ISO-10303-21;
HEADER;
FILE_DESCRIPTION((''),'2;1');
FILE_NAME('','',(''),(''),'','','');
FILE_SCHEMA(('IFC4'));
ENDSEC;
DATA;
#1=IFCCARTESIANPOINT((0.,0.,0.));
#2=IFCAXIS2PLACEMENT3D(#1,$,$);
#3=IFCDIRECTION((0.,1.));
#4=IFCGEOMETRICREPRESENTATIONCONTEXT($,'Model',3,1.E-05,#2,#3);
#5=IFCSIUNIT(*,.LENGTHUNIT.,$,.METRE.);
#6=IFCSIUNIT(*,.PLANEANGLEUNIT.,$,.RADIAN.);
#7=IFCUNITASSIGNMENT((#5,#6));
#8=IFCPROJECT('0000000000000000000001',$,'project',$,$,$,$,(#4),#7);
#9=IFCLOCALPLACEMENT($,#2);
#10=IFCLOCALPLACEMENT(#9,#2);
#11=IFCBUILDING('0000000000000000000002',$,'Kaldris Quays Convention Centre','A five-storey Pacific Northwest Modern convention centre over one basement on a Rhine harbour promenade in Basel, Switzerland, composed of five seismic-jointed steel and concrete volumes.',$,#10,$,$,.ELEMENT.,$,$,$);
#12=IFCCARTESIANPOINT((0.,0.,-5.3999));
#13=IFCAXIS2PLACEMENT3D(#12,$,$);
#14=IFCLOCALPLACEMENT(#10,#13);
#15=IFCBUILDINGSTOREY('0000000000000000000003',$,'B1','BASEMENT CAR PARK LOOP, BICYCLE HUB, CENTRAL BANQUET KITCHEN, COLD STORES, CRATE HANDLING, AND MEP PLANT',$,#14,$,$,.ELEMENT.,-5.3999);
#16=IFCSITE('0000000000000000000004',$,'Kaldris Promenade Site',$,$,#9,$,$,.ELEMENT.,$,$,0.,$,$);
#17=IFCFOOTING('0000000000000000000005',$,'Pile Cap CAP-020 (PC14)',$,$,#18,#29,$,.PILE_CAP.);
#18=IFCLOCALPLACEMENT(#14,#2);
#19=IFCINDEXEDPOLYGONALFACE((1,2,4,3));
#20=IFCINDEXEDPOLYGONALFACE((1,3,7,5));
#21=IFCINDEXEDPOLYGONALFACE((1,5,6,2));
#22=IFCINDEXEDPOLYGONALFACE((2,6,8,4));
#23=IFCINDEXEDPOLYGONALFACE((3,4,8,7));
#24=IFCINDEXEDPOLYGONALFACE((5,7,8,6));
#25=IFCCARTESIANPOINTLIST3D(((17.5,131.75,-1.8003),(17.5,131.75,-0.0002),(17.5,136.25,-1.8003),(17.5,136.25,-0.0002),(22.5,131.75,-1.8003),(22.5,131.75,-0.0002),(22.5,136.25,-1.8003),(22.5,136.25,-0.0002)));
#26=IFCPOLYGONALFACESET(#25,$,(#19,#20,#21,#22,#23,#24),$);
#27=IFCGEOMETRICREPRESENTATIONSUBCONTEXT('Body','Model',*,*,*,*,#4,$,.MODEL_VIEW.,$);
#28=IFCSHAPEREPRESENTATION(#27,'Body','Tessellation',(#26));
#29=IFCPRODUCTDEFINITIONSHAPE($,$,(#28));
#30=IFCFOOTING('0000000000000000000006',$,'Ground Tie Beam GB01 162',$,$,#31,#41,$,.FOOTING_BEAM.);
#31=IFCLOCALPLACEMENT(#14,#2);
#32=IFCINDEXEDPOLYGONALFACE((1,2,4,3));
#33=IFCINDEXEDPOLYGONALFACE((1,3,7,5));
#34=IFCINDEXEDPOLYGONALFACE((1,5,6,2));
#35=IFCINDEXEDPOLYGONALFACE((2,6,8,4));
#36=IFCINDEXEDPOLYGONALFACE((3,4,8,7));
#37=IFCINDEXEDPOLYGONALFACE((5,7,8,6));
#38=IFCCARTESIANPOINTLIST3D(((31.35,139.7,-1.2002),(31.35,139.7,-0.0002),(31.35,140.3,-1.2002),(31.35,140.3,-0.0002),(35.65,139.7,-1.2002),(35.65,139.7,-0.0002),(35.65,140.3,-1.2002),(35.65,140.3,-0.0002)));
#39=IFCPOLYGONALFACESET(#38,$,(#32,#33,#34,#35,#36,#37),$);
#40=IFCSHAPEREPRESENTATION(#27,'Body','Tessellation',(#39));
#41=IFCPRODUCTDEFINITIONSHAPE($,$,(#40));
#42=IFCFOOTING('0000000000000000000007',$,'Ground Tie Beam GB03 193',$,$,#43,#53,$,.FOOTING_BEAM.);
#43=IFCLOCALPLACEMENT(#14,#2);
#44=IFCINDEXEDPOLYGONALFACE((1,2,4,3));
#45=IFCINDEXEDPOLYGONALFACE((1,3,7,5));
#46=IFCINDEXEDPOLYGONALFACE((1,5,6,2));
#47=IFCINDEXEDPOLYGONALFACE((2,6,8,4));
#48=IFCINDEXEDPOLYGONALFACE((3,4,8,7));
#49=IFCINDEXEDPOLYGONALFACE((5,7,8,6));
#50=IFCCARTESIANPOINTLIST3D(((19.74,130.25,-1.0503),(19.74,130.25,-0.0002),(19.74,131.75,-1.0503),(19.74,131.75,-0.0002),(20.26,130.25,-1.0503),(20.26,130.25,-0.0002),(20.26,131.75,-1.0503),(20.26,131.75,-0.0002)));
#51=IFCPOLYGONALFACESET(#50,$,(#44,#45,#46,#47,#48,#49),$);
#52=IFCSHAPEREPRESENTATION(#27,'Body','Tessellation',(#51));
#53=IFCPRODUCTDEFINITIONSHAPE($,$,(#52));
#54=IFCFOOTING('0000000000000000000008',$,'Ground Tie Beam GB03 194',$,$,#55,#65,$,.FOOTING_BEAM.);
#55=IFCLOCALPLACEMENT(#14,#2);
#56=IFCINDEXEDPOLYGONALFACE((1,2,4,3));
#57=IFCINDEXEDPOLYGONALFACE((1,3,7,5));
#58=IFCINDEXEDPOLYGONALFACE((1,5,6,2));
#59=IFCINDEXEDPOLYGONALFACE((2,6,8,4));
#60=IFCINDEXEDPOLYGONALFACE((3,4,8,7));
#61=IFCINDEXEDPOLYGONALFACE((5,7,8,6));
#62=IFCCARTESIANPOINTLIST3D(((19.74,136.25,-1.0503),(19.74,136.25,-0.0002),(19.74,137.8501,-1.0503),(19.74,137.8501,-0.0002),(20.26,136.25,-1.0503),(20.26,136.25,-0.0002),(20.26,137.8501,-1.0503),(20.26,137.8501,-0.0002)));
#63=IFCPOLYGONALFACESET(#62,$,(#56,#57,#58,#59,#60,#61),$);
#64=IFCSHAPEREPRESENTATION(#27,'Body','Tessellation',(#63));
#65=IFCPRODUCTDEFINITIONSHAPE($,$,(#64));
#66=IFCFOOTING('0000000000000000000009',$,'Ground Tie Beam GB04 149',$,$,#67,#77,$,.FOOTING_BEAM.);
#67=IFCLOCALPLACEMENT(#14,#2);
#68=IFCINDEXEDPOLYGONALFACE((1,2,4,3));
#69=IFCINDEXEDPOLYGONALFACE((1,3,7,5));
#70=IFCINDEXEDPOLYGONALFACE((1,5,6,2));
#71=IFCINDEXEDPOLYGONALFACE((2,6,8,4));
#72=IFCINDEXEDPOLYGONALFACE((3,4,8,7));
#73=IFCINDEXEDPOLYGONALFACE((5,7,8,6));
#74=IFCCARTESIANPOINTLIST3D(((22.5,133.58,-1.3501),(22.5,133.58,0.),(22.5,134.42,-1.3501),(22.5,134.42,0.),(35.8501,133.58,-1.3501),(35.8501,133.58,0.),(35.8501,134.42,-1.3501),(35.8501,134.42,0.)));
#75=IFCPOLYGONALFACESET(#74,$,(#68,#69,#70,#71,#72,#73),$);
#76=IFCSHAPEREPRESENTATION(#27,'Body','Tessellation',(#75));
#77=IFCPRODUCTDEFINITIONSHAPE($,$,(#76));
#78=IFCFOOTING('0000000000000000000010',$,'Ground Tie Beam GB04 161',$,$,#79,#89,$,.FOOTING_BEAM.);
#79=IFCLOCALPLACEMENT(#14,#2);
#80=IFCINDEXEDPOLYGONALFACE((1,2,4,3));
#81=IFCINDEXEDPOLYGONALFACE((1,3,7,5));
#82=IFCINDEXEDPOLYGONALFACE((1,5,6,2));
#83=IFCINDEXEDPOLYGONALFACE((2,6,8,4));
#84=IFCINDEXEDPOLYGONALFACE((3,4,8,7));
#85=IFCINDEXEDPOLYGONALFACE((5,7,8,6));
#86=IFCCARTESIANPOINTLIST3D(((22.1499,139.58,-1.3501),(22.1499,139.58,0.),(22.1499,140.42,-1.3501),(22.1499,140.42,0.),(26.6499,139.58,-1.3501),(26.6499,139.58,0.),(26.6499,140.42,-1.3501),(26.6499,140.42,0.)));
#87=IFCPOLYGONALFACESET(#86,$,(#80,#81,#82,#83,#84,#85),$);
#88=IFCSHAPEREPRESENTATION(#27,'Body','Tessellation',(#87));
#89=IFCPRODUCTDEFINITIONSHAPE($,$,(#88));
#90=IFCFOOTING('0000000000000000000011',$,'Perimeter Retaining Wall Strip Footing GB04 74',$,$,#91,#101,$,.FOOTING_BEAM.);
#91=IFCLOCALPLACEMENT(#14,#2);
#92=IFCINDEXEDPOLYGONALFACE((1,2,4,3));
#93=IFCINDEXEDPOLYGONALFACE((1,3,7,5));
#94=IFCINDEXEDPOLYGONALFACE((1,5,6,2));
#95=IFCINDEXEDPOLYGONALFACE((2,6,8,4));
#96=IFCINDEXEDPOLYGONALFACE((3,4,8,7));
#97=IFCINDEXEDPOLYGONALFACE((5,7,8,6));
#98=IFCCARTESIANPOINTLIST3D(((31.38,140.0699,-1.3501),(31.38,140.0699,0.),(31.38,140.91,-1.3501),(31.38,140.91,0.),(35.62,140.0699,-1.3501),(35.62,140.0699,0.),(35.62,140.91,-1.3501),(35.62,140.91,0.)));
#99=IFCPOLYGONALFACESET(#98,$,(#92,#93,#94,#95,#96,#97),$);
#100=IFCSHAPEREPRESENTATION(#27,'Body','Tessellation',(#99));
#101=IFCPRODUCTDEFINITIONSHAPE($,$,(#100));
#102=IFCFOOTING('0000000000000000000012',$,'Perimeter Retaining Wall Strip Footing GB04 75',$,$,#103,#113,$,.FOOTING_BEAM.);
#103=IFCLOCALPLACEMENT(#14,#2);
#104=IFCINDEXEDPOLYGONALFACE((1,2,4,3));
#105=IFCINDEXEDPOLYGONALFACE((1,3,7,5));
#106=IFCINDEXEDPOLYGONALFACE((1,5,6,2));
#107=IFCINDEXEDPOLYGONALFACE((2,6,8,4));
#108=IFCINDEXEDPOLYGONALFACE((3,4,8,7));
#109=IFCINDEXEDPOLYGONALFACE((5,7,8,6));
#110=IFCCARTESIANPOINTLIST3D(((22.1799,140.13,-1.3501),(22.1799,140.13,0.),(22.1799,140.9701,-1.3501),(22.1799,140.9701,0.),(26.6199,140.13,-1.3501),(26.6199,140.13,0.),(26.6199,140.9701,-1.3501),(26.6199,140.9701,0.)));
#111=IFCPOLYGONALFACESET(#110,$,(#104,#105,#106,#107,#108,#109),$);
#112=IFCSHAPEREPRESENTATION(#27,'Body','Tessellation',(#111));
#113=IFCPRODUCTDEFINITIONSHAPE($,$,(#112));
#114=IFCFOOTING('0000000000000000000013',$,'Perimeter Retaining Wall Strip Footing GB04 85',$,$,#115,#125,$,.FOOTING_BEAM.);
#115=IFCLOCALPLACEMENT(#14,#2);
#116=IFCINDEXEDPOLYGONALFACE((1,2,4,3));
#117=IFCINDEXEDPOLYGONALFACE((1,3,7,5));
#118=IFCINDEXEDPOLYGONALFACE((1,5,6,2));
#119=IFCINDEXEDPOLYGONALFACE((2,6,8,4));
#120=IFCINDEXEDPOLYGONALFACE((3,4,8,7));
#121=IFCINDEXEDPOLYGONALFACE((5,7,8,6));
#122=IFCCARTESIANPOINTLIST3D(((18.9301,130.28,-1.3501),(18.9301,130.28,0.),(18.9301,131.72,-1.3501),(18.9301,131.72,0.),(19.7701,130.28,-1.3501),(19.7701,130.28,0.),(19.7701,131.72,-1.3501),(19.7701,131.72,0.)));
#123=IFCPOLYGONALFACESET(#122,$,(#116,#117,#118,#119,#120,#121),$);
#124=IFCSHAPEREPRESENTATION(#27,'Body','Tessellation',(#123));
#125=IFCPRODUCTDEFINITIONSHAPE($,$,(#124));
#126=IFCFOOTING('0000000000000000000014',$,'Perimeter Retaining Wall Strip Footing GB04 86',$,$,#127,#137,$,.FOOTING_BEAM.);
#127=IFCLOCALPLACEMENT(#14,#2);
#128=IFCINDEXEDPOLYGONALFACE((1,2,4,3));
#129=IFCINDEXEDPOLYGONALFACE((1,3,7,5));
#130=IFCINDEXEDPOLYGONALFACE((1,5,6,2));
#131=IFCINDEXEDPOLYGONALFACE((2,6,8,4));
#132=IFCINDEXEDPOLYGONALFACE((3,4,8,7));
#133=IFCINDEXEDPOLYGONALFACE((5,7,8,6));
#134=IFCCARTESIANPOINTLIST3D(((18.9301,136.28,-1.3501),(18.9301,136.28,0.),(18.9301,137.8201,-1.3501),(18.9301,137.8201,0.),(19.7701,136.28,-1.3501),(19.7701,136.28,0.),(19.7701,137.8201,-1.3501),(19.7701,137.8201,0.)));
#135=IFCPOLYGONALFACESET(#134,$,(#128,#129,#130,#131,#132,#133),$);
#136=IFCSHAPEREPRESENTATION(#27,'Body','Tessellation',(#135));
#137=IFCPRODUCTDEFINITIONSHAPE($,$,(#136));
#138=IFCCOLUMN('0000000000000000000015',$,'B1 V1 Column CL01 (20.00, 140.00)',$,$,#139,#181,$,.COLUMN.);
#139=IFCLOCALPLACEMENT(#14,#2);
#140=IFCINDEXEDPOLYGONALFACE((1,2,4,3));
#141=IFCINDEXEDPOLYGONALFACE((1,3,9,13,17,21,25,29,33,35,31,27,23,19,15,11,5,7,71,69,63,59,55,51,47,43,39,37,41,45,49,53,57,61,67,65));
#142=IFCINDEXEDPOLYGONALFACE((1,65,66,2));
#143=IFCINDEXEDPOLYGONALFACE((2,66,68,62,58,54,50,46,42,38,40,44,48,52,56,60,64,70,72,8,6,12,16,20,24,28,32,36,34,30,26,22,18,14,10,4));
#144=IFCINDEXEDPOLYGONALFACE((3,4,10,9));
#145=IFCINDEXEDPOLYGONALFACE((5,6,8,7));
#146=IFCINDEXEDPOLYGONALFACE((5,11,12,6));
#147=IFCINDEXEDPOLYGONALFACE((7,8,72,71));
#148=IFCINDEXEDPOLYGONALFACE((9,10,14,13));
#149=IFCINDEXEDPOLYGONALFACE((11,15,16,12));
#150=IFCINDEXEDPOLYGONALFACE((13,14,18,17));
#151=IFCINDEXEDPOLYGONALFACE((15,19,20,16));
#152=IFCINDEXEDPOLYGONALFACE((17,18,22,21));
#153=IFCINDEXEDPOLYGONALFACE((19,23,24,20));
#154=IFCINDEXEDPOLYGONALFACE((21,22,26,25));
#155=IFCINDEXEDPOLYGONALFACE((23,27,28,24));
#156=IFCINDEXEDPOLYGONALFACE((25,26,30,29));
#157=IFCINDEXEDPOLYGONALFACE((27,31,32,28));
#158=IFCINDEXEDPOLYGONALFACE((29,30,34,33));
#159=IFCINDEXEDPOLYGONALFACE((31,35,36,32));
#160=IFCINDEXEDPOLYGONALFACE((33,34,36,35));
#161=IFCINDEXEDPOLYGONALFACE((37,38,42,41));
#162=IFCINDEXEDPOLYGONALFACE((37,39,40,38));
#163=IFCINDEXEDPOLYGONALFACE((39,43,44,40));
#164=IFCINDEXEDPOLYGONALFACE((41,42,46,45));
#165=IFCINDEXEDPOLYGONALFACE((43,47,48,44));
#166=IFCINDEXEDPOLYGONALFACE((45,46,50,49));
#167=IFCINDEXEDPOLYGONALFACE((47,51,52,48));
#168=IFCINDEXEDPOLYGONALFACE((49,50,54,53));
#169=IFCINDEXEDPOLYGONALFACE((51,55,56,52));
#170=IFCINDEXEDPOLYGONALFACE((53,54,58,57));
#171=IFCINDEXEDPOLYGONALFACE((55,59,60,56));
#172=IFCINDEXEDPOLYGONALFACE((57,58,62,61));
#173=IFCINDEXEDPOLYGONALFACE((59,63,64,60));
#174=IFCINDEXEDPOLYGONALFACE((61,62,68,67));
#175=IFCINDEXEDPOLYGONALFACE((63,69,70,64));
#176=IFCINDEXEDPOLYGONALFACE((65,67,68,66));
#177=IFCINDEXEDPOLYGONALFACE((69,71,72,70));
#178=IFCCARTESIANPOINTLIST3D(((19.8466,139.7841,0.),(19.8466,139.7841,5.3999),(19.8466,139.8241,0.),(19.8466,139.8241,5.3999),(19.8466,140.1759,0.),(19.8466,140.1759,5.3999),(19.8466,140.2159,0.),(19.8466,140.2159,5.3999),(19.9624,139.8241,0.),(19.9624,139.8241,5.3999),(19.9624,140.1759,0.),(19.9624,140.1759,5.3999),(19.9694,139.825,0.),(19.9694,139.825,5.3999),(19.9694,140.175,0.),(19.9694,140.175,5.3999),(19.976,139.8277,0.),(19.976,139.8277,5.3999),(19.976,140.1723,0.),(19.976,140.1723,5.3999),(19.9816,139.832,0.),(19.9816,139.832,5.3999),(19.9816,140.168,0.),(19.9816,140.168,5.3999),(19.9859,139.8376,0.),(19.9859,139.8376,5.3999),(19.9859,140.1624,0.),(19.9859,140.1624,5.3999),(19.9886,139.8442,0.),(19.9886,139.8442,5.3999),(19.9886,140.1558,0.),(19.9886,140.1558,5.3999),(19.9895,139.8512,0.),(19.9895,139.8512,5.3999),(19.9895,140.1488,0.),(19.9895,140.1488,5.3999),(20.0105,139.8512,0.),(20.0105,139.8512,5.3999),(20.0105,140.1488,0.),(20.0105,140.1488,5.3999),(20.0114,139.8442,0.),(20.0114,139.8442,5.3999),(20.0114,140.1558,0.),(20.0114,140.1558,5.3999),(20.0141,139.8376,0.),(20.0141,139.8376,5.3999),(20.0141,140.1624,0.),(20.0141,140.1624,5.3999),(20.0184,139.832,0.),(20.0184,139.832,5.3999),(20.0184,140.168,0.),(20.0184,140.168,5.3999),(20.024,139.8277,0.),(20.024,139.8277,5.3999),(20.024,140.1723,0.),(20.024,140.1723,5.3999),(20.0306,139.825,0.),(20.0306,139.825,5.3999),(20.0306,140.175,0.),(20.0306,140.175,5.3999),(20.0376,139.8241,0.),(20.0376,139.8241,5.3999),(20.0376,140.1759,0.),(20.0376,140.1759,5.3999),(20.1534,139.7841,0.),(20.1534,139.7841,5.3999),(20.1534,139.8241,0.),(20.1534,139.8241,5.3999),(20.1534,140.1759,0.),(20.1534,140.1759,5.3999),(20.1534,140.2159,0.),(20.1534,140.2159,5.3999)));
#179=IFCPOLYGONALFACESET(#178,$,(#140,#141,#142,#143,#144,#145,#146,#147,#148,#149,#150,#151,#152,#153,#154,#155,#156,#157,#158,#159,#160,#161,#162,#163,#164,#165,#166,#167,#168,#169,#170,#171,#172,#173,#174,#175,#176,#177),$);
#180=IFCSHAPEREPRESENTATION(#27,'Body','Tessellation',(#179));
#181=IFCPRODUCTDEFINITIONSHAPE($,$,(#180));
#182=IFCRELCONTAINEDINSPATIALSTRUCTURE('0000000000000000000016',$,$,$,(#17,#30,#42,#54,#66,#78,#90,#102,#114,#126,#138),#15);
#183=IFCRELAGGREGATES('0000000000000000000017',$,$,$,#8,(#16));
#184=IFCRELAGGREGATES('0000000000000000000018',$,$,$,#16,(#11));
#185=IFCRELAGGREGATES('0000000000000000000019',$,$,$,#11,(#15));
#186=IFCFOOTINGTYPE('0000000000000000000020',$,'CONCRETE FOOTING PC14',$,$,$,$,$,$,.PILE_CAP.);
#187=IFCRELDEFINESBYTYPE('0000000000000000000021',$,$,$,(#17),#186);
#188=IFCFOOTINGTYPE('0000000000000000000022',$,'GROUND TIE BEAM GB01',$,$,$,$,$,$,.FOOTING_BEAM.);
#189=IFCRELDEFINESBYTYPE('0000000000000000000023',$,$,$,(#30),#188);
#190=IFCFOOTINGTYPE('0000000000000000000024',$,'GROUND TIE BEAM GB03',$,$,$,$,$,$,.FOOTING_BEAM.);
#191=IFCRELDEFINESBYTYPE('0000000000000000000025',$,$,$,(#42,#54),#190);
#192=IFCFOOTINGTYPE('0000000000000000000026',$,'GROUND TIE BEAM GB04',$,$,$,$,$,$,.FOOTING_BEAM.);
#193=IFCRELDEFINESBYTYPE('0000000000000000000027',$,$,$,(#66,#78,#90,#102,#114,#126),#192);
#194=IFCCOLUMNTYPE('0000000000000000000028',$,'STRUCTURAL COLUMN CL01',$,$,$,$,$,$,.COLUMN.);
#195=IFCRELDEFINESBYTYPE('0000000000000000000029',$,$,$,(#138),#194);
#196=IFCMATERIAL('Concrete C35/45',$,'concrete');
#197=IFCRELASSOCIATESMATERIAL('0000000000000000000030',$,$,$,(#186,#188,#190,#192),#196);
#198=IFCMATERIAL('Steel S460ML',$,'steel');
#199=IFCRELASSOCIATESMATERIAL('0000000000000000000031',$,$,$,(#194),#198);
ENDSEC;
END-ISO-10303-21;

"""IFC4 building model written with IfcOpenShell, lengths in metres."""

from ifc_helpers import new_model, si_unit, direction, frame, origin, origin_2d, place, context, subcontext, project, spatial, rectangle, i_section, extrude, material, material_profile, profile_set, type_object, element, save


model = new_model("IFC4")

# Units and contexts
model_context = context("Model", 3, precision=1e-05, world=origin(), true_north=direction((0.0, 1.0)))
body_context = subcontext(model_context, "Body", "Model", "MODEL_VIEW")
ifc_project = project(units=[si_unit("LENGTHUNIT", "METRE"), si_unit("PLANEANGLEUNIT", "RADIAN")], contexts=[model_context])

# Site, building, storey
site_placement = place(None, origin())
site = spatial("IfcSite", under=ifc_project, at=site_placement, Name="Kaldris Promenade Site", CompositionType="ELEMENT", RefElevation=0.0)
building_placement = place(site_placement, origin())
building = spatial("IfcBuilding", under=site, at=building_placement, Name="Kaldris Quays Convention Centre", Description="A five-storey Pacific Northwest Modern convention centre over one basement on a Rhine harbour promenade in Basel, Switzerland, composed of five seismic-jointed steel and concrete volumes.", CompositionType="ELEMENT")
storey_placement = place(building_placement, frame((0.0, 0.0, -5.3999)))
storey = spatial("IfcBuildingStorey", under=building, at=storey_placement, Name="B1", Description="BASEMENT CAR PARK LOOP, BICYCLE HUB, CENTRAL BANQUET KITCHEN, COLD STORES, CRATE HANDLING, AND MEP PLANT", CompositionType="ELEMENT", Elevation=-5.3999)

# Shared definitions
ifc_material_1 = material(Name="Concrete C35/45", Category="concrete")

# Footings
footing_type_1 = type_object("IfcFootingType", Name="CONCRETE FOOTING PC14", PredefinedType="PILE_CAP", material=ifc_material_1)
footing_1_placement = place(storey_placement, frame((20.0, 134.0, -1.8003), z_axis=(0.0, 0.0, 1.0), x_axis=(1.0, 0.0, 0.0)))
element("IfcFooting", 1, at=footing_1_placement, inside=storey, type_object=footing_type_1, Name="Pile Cap CAP-020 (PC14)", PredefinedType="PILE_CAP", context=body_context, shape_type="SweptSolid", body=[
    extrude(rectangle(XDim=5.0, YDim=4.5, at=origin_2d()), origin(), (0.0, 0.0, 1.0), 1.8),
])
footing_type_2 = type_object("IfcFootingType", Name="GROUND TIE BEAM GB01", PredefinedType="FOOTING_BEAM", material=ifc_material_1)
footing_2_placement = place(storey_placement, frame((33.5, 140.0, -1.2002), z_axis=(0.0, 0.0, 1.0), x_axis=(1.0, 0.0, 0.0)))
element("IfcFooting", 2, at=footing_2_placement, inside=storey, type_object=footing_type_2, Name="Ground Tie Beam GB01 162", PredefinedType="FOOTING_BEAM", context=body_context, shape_type="SweptSolid", body=[
    extrude(rectangle(XDim=4.3, YDim=0.6001, at=origin_2d()), origin(), (0.0, 0.0, 1.0), 1.2),
])
footing_type_3 = type_object("IfcFootingType", Name="GROUND TIE BEAM GB03", PredefinedType="FOOTING_BEAM", material=ifc_material_1)
footing_3_placement = place(storey_placement, frame((20.0, 131.0, -1.0503), z_axis=(0.0, 0.0, 1.0), x_axis=(1.0, 0.0, 0.0)))
element("IfcFooting", 3, at=footing_3_placement, inside=storey, type_object=footing_type_3, Name="Ground Tie Beam GB03 193", PredefinedType="FOOTING_BEAM", context=body_context, shape_type="SweptSolid", body=[
    extrude(rectangle(XDim=0.52, YDim=1.5, at=origin_2d()), origin(), (0.0, 0.0, 1.0), 1.05),
])
footing_4_placement = place(storey_placement, frame((20.0, 137.05, -1.0503), z_axis=(0.0, 0.0, 1.0), x_axis=(1.0, 0.0, 0.0)))
element("IfcFooting", 4, at=footing_4_placement, inside=storey, type_object=footing_type_3, Name="Ground Tie Beam GB03 194", PredefinedType="FOOTING_BEAM", context=body_context, shape_type="SweptSolid", body=[
    extrude(rectangle(XDim=0.52, YDim=1.6001, at=origin_2d()), origin(), (0.0, 0.0, 1.0), 1.05),
])
footing_type_4 = type_object("IfcFootingType", Name="GROUND TIE BEAM GB04", PredefinedType="FOOTING_BEAM", material=ifc_material_1)
footing_5_placement = place(storey_placement, frame((29.175, 134.0, -1.3501), z_axis=(0.0, 0.0, 1.0), x_axis=(1.0, 0.0, 0.0)))
element("IfcFooting", 5, at=footing_5_placement, inside=storey, type_object=footing_type_4, Name="Ground Tie Beam GB04 149", PredefinedType="FOOTING_BEAM", context=body_context, shape_type="SweptSolid", body=[
    extrude(rectangle(XDim=13.3501, YDim=0.8401, at=origin_2d()), origin(), (0.0, 0.0, 1.0), 1.3501),
])
footing_6_placement = place(storey_placement, frame((24.3999, 140.0, -1.3501), z_axis=(0.0, 0.0, 1.0), x_axis=(1.0, 0.0, 0.0)))
element("IfcFooting", 6, at=footing_6_placement, inside=storey, type_object=footing_type_4, Name="Ground Tie Beam GB04 161", PredefinedType="FOOTING_BEAM", context=body_context, shape_type="SweptSolid", body=[
    extrude(rectangle(XDim=4.5, YDim=0.8401, at=origin_2d()), origin(), (0.0, 0.0, 1.0), 1.3501),
])
footing_7_placement = place(storey_placement, frame((33.5, 140.49, -1.3501), z_axis=(0.0, 0.0, 1.0), x_axis=(1.0, 0.0, 0.0)))
element("IfcFooting", 7, at=footing_7_placement, inside=storey, type_object=footing_type_4, Name="Perimeter Retaining Wall Strip Footing GB04 74", PredefinedType="FOOTING_BEAM", context=body_context, shape_type="SweptSolid", body=[
    extrude(rectangle(XDim=4.24, YDim=0.8401, at=origin_2d()), origin(), (0.0, 0.0, 1.0), 1.3501),
])
footing_8_placement = place(storey_placement, frame((24.3999, 140.55, -1.3501), z_axis=(0.0, 0.0, 1.0), x_axis=(1.0, 0.0, 0.0)))
element("IfcFooting", 8, at=footing_8_placement, inside=storey, type_object=footing_type_4, Name="Perimeter Retaining Wall Strip Footing GB04 75", PredefinedType="FOOTING_BEAM", context=body_context, shape_type="SweptSolid", body=[
    extrude(rectangle(XDim=4.4399, YDim=0.8401, at=origin_2d()), origin(), (0.0, 0.0, 1.0), 1.3501),
])
footing_9_placement = place(storey_placement, frame((19.3501, 131.0, -1.3501), z_axis=(0.0, 0.0, 1.0), x_axis=(1.0, 0.0, 0.0)))
element("IfcFooting", 9, at=footing_9_placement, inside=storey, type_object=footing_type_4, Name="Perimeter Retaining Wall Strip Footing GB04 85", PredefinedType="FOOTING_BEAM", context=body_context, shape_type="SweptSolid", body=[
    extrude(rectangle(XDim=0.8401, YDim=1.4399, at=origin_2d()), origin(), (0.0, 0.0, 1.0), 1.3501),
])
footing_10_placement = place(storey_placement, frame((19.3501, 137.05, -1.3501), z_axis=(0.0, 0.0, 1.0), x_axis=(1.0, 0.0, 0.0)))
element("IfcFooting", 10, at=footing_10_placement, inside=storey, type_object=footing_type_4, Name="Perimeter Retaining Wall Strip Footing GB04 86", PredefinedType="FOOTING_BEAM", context=body_context, shape_type="SweptSolid", body=[
    extrude(rectangle(XDim=0.8401, YDim=1.54, at=origin_2d()), origin(), (0.0, 0.0, 1.0), 1.3501),
])

# Column
ifc_material_2 = material(Name="Steel S460ML", Category="steel")
ifc_material_profile_1 = material_profile(ifc_material_2, i_section(OverallWidth=0.3069, OverallDepth=0.4319, WebThickness=0.021, FlangeThickness=0.04, FilletRadius=0.0271, at=origin_2d()), Name="HEM 400")
ifc_profile_set_1 = profile_set([ifc_material_profile_1], Name="Steel S460ML")
column_type_1 = type_object("IfcColumnType", Name="STRUCTURAL COLUMN CL01", PredefinedType="COLUMN", material=ifc_profile_set_1)
column_placement = place(storey_placement, frame((20.0, 140.0, 0.0), z_axis=(0.0, 0.0, 1.0), x_axis=(1.0, 0.0, 0.0)))
element("IfcColumn", 11, at=column_placement, inside=storey, type_object=column_type_1, Name="B1 V1 Column CL01 (20.00, 140.00)", PredefinedType="COLUMN", context=body_context, shape_type="SweptSolid", body=[
    extrude(i_section(OverallWidth=0.3069, OverallDepth=0.4319, WebThickness=0.021, FlangeThickness=0.04, FilletRadius=0.0271, at=origin_2d()), origin(), (0.0, 0.0, 1.0), 5.3999),
])

save(model, "model.ifc")
